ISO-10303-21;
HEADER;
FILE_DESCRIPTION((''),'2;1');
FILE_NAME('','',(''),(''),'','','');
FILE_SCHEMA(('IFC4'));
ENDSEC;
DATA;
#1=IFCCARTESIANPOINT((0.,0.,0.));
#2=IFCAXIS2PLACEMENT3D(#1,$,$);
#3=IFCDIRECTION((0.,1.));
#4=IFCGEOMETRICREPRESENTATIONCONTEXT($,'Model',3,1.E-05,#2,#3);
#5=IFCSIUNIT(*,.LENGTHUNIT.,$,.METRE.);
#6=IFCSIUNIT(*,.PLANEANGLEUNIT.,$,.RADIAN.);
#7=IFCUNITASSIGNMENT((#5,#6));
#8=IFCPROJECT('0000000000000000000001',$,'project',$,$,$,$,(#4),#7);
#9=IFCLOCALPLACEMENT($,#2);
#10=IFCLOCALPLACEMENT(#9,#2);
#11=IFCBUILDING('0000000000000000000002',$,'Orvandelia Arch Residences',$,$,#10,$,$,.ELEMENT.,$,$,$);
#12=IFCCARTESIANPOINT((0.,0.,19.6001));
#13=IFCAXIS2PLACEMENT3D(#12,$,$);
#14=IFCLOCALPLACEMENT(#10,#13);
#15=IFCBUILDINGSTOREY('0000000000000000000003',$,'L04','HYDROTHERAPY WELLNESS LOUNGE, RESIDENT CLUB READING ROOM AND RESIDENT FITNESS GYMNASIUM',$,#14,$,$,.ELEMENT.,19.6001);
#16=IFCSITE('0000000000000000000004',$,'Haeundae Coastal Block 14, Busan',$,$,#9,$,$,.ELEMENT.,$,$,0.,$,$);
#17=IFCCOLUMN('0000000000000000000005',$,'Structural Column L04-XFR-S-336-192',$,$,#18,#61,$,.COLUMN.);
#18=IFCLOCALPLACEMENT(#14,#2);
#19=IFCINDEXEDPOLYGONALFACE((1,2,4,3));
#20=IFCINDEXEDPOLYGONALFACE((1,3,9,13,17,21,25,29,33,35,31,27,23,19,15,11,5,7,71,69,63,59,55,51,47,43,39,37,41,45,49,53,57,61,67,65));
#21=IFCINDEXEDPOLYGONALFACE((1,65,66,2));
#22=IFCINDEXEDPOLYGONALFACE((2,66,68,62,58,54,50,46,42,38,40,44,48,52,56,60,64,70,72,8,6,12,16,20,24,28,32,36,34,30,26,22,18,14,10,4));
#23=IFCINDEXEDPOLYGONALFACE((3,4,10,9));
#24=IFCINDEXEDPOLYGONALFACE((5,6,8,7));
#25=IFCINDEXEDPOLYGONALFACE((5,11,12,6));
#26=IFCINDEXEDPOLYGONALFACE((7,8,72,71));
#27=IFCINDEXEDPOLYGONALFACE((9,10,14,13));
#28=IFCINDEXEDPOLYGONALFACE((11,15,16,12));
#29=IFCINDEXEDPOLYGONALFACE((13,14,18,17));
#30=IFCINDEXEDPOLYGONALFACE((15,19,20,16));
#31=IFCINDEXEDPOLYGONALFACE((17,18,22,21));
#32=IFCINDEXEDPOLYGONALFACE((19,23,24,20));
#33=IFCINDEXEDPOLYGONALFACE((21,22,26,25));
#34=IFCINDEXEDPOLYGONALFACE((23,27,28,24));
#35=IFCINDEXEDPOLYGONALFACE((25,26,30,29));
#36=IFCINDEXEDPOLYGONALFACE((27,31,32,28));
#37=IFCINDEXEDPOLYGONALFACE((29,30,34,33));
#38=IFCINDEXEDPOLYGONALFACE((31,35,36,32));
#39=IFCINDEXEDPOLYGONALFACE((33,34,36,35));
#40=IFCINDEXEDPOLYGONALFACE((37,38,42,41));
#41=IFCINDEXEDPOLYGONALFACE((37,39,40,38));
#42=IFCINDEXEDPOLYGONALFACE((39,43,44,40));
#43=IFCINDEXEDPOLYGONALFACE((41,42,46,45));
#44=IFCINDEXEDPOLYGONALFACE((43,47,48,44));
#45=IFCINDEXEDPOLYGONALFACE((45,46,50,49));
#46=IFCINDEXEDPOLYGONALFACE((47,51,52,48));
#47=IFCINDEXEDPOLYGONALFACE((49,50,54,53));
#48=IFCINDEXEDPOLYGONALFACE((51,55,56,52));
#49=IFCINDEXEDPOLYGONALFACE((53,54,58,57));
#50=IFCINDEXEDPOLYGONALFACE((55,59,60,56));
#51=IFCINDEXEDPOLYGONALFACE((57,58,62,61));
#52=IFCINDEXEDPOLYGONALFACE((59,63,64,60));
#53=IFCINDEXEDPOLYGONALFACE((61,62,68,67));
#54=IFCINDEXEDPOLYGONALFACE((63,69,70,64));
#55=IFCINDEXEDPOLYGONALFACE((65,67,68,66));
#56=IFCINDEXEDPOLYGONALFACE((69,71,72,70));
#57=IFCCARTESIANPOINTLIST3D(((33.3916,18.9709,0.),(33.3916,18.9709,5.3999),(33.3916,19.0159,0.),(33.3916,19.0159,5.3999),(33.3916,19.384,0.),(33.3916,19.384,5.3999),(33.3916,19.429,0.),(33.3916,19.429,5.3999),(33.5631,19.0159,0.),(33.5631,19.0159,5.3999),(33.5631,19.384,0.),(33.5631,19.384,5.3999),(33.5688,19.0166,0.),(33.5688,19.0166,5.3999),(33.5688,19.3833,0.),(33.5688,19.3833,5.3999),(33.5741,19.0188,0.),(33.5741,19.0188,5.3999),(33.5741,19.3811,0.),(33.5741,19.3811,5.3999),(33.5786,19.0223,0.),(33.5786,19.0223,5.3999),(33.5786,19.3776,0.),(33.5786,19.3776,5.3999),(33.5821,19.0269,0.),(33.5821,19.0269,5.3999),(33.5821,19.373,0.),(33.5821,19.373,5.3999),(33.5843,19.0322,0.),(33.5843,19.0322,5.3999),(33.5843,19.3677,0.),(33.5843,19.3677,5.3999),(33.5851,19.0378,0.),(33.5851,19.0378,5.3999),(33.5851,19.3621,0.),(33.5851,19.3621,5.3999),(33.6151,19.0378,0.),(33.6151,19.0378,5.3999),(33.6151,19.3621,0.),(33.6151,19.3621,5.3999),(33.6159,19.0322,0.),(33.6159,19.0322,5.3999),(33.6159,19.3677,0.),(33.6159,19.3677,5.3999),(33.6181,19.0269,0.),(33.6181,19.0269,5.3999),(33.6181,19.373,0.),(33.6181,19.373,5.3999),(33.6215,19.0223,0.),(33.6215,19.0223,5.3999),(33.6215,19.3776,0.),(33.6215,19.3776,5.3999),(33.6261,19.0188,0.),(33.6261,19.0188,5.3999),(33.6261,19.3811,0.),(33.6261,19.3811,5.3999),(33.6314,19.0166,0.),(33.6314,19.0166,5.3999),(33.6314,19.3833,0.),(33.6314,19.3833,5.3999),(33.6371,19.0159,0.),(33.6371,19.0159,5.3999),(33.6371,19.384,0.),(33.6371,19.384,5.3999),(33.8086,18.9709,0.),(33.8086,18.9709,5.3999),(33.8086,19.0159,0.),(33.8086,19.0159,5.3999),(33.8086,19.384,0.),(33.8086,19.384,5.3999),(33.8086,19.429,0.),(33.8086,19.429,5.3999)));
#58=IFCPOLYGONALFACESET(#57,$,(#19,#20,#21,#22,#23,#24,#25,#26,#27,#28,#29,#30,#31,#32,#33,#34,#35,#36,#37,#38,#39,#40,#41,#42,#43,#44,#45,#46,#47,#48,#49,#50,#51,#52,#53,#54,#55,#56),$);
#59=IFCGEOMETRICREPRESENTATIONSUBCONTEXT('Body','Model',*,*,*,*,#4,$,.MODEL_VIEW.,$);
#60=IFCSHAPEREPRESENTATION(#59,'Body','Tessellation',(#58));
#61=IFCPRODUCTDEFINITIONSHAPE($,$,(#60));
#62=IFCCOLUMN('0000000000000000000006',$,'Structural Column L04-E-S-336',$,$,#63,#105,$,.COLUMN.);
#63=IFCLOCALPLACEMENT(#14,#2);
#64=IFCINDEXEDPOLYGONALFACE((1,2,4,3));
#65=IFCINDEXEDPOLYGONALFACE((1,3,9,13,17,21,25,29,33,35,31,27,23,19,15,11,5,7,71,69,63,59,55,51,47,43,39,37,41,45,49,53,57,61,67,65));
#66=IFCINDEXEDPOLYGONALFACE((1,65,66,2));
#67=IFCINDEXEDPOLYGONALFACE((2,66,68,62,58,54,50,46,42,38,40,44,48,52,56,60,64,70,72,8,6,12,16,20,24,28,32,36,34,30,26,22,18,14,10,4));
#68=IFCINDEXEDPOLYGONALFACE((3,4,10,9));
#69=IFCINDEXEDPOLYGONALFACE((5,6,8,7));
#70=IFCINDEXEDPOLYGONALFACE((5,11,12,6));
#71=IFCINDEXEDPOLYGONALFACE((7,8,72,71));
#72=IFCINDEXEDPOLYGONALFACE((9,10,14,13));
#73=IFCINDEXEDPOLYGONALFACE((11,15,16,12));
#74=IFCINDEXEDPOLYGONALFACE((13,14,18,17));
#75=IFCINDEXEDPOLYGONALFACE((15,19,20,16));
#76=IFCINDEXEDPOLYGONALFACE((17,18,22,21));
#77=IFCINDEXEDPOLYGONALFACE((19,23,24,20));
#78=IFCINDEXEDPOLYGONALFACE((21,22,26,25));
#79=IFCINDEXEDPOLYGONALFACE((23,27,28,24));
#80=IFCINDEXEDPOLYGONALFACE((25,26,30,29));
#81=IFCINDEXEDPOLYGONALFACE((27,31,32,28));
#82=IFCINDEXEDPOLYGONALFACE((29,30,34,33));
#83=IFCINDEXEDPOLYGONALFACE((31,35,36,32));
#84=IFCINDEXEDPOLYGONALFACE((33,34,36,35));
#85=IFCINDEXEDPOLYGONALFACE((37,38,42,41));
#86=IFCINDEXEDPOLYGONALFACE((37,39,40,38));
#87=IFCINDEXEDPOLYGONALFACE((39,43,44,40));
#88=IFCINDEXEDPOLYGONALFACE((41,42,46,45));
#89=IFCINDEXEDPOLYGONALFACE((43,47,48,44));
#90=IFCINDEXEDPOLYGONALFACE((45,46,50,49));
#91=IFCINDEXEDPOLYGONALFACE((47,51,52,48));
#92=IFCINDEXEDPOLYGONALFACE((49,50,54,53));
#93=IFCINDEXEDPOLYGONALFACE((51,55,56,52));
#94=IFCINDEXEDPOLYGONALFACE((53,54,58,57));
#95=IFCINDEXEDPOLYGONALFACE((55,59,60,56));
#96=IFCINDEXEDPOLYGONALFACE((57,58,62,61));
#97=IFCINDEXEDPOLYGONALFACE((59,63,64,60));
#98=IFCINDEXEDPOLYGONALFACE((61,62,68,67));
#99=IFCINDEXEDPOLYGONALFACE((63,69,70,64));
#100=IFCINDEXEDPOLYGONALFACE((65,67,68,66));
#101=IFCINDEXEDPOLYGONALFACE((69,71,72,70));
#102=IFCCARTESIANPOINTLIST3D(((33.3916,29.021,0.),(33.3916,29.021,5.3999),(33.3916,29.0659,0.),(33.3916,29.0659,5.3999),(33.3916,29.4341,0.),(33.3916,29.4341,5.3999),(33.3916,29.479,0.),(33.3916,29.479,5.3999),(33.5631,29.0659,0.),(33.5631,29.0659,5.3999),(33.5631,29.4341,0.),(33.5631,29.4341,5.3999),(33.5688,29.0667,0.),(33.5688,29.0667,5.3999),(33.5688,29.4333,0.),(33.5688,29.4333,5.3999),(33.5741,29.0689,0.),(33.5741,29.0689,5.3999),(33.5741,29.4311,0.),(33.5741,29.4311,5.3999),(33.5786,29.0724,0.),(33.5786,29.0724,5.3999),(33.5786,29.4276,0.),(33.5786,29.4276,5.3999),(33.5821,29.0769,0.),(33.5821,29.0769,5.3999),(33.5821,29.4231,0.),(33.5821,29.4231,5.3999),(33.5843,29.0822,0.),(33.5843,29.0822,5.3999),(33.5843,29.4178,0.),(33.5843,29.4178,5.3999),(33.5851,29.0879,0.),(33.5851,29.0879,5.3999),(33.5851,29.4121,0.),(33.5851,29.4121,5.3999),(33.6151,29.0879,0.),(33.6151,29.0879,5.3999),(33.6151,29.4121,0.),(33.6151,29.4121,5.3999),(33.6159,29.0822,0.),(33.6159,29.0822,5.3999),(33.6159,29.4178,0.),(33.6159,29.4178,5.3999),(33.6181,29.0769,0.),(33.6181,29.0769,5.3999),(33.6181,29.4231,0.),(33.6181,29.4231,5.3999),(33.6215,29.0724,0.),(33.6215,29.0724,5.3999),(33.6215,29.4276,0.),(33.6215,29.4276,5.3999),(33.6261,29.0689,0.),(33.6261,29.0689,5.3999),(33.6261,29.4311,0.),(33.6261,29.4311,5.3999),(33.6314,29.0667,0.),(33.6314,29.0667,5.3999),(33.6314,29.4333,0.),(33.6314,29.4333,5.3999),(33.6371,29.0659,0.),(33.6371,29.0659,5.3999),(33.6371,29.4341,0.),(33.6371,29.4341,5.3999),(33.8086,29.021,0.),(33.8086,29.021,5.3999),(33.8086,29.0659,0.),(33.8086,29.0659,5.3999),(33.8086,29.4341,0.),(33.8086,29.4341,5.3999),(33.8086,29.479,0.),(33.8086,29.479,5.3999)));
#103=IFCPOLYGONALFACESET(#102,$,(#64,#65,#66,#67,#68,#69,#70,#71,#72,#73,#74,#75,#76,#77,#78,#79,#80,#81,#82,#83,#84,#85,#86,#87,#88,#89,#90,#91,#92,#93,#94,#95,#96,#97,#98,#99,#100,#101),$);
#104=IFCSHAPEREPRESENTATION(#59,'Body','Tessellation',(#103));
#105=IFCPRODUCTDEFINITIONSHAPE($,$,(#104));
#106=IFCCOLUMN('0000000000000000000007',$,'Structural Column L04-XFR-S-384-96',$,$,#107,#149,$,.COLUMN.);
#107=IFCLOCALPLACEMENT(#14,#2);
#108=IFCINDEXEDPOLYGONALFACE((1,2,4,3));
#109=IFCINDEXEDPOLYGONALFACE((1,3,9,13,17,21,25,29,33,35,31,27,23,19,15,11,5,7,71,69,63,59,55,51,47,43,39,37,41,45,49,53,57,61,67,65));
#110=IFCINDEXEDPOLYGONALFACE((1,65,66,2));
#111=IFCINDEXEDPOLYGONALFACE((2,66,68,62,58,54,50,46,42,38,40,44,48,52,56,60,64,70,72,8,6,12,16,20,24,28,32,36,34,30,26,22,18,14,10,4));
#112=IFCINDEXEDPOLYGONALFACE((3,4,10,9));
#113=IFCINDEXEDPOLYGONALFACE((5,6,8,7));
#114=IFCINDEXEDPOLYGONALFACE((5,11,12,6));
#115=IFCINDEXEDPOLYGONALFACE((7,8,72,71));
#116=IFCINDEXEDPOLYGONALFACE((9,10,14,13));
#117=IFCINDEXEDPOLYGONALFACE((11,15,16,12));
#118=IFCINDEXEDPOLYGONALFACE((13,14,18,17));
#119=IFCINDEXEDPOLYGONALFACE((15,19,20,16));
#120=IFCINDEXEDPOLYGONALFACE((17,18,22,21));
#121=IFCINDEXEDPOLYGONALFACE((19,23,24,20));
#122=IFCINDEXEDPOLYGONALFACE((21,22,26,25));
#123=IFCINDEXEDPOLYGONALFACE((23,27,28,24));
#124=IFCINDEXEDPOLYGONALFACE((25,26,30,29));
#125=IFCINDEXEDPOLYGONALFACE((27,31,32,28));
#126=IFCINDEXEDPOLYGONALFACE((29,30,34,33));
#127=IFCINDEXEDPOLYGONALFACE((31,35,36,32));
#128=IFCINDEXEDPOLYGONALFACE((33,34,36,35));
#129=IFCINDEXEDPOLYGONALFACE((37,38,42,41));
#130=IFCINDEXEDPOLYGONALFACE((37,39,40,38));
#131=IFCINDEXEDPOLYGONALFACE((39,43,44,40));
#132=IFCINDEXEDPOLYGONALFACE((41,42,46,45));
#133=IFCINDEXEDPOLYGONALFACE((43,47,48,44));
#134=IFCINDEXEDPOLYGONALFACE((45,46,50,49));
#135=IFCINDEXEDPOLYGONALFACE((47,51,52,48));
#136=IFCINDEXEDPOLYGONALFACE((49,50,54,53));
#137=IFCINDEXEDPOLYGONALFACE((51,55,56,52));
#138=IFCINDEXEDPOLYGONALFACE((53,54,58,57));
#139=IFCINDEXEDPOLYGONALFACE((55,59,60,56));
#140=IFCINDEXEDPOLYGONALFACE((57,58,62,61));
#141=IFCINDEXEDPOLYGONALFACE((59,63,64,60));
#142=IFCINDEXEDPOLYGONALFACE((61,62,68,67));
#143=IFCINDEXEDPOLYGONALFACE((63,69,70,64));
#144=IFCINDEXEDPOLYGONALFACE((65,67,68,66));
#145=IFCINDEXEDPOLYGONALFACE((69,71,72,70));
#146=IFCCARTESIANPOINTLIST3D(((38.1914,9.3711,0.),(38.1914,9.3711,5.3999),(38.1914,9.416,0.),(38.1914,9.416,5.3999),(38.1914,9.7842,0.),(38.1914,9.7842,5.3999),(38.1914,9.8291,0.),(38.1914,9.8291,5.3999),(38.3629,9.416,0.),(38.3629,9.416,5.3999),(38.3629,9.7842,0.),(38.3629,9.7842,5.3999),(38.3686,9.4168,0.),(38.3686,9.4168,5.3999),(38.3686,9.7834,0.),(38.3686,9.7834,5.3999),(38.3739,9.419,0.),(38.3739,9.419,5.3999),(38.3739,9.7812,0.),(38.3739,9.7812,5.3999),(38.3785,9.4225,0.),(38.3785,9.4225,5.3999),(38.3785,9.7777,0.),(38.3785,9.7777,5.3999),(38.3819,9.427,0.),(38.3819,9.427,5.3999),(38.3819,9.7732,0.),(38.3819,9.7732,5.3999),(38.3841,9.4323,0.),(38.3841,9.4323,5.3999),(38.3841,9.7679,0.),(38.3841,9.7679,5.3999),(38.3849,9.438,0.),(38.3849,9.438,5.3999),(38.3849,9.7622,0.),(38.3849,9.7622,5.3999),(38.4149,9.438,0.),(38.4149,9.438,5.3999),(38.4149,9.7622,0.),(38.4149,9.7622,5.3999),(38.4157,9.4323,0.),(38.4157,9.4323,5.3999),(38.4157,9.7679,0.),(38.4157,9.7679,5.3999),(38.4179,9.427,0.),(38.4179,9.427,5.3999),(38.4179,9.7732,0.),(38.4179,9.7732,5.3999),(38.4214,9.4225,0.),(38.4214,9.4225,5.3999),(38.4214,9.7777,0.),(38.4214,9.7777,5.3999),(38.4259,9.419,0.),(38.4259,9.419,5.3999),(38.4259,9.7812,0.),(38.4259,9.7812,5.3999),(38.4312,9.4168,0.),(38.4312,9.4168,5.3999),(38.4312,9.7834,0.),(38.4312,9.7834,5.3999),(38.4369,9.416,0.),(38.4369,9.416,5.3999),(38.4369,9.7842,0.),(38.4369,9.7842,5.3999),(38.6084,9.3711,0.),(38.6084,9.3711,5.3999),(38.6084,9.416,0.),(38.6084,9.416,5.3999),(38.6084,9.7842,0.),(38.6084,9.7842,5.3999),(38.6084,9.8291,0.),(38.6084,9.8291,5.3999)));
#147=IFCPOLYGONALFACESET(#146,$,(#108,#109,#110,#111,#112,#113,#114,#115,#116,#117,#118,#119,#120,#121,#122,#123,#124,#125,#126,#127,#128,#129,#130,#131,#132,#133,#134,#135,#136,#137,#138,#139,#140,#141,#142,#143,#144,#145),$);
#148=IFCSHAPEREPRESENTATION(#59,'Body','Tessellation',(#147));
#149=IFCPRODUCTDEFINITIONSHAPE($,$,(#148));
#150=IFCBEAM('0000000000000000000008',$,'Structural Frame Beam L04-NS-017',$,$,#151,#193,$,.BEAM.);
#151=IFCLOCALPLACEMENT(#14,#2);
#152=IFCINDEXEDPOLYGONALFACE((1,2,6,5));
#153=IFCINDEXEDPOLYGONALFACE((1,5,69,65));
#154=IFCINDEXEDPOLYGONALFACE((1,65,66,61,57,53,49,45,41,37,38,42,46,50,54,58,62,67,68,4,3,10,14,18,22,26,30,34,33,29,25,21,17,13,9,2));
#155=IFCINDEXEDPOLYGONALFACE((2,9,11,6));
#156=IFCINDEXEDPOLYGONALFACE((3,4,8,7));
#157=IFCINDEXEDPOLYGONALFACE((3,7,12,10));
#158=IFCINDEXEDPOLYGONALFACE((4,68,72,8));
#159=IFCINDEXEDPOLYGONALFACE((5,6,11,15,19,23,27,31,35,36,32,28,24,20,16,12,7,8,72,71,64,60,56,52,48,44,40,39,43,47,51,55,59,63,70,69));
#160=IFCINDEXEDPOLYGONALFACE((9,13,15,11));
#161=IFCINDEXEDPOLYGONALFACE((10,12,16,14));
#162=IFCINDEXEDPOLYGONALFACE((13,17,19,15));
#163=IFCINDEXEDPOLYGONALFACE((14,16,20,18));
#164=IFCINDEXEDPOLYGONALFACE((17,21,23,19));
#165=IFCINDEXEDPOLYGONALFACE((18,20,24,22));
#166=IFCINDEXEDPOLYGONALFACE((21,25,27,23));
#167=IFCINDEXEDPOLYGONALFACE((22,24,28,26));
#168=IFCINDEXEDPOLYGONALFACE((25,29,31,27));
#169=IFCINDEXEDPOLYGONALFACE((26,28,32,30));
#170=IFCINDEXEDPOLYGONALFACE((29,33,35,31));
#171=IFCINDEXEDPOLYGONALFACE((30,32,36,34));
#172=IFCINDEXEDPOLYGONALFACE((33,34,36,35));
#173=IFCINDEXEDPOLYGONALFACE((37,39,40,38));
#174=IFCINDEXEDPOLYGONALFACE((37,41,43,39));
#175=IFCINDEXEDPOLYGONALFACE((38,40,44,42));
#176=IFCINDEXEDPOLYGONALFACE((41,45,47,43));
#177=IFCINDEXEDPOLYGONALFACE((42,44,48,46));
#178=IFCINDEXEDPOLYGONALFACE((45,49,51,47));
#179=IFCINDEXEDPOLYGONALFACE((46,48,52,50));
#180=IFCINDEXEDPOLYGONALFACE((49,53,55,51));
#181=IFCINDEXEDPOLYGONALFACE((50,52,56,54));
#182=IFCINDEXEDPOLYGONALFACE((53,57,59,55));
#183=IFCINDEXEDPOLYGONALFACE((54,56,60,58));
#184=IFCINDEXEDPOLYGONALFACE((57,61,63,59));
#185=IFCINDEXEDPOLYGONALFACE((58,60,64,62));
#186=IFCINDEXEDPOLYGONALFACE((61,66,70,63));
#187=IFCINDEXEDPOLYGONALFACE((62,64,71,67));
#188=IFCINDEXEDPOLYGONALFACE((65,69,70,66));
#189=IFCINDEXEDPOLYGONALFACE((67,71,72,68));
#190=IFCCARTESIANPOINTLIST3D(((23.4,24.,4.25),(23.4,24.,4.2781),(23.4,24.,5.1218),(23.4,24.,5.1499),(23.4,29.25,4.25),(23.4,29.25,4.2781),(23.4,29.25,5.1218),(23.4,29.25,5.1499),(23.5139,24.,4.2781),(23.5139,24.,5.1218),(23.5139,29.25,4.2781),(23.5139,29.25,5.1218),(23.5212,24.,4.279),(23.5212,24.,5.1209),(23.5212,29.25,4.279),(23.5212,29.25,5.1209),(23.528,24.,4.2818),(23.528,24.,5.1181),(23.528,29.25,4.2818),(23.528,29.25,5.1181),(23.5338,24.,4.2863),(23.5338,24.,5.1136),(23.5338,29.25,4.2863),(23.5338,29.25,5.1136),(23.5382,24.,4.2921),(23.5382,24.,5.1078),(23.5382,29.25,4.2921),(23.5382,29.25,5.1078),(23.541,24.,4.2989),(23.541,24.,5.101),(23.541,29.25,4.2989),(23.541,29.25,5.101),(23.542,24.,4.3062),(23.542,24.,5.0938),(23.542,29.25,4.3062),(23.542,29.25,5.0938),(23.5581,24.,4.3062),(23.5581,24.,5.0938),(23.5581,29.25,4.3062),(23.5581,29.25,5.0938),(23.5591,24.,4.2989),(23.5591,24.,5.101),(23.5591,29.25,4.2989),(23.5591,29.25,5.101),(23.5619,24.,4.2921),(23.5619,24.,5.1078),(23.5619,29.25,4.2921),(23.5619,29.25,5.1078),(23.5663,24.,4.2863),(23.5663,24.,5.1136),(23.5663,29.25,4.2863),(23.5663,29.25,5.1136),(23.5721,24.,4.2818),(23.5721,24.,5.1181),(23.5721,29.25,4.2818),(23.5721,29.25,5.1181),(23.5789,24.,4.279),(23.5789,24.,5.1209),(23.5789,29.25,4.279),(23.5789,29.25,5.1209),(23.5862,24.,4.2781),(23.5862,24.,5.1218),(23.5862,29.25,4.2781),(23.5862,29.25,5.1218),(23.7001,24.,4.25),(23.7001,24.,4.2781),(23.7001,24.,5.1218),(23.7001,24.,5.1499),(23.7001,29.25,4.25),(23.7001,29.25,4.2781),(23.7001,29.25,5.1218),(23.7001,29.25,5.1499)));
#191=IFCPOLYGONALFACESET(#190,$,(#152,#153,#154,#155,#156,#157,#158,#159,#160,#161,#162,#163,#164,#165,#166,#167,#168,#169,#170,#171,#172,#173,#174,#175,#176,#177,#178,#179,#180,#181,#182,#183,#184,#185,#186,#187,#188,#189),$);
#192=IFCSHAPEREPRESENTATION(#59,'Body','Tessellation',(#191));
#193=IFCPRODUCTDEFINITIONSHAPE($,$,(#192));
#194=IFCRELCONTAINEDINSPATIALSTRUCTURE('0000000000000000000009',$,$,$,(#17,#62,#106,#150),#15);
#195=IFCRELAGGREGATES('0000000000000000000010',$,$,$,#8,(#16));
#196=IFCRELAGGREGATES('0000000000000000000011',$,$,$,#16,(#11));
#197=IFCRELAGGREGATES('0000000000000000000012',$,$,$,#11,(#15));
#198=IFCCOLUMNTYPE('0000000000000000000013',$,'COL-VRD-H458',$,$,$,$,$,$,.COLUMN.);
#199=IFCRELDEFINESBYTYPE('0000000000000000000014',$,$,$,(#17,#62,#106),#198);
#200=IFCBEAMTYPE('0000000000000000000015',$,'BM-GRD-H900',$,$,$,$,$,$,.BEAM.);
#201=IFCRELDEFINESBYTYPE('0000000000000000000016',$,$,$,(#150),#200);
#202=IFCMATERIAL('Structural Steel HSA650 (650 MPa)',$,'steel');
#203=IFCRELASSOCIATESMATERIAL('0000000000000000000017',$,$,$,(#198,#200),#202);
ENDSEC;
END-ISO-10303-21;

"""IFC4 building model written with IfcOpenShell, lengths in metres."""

from ifc_helpers import new_model, si_unit, direction, frame, origin, origin_2d, place, context, subcontext, project, spatial, i_section, extrude, material, material_profile, profile_set, type_object, element, save


model = new_model("IFC4")

# Units and contexts
model_context = context("Model", 3, precision=1e-05, world=origin(), true_north=direction((0.0, 1.0)))
body_context = subcontext(model_context, "Body", "Model", "MODEL_VIEW")
ifc_project = project(units=[si_unit("LENGTHUNIT", "METRE"), si_unit("PLANEANGLEUNIT", "RADIAN")], contexts=[model_context])

# Site, building, storey
site_placement = place(None, origin())
site = spatial("IfcSite", under=ifc_project, at=site_placement, Name="Haeundae Coastal Block 14, Busan", CompositionType="ELEMENT", RefElevation=0.0)
building_placement = place(site_placement, origin())
building = spatial("IfcBuilding", under=site, at=building_placement, Name="Orvandelia Arch Residences", CompositionType="ELEMENT")
storey_placement = place(building_placement, frame((0.0, 0.0, 19.6001)))
storey = spatial("IfcBuildingStorey", under=building, at=storey_placement, Name="L04", Description="HYDROTHERAPY WELLNESS LOUNGE, RESIDENT CLUB READING ROOM AND RESIDENT FITNESS GYMNASIUM", CompositionType="ELEMENT", Elevation=19.6001)

# Columns
ifc_material_1 = material(Name="Structural Steel HSA650 (650 MPa)", Category="steel")
ifc_material_profile_1 = material_profile(ifc_material_1, i_section(OverallWidth=0.417, OverallDepth=0.458, WebThickness=0.03, FlangeThickness=0.0449, FilletRadius=0.022, at=origin_2d()), Name="Structural Steel HSA650 (650 MPa)", Category="steel")
ifc_profile_set_1 = profile_set([ifc_material_profile_1], Name="Structural Steel HSA650 (650 MPa)")
column_type = type_object("IfcColumnType", Name="COL-VRD-H458", PredefinedType="COLUMN", material=ifc_profile_set_1)
for number, where, z_axis, x_axis, name in (
    (1, (33.6001, 19.2, 0.0), (0.0, 0.0, 1.0), (1.0, 0.0, 0.0), "Structural Column L04-XFR-S-336-192"),
    (2, (33.6001, 29.25, 0.0), (0.0, 0.0, 1.0), (1.0, 0.0, 0.0), "Structural Column L04-E-S-336"),
    (3, (38.3999, 9.6001, 0.0), (0.0, 0.0, 1.0), (1.0, 0.0, 0.0), "Structural Column L04-XFR-S-384-96"),
):
    element("IfcColumn", number, at=place(storey_placement, frame(where, z_axis=z_axis, x_axis=x_axis)), inside=storey, type_object=column_type, Name=name, PredefinedType="COLUMN", context=body_context, shape_type="SweptSolid", body=[
        extrude(i_section(OverallWidth=0.417, OverallDepth=0.458, WebThickness=0.03, FlangeThickness=0.0449, FilletRadius=0.022, at=origin_2d()), origin(), (0.0, 0.0, 1.0), 5.3999),
    ])

# Beam
ifc_material_profile_2 = material_profile(ifc_material_1, i_section(OverallWidth=0.3, OverallDepth=0.8999, WebThickness=0.0161, FlangeThickness=0.0281, FilletRadius=0.0281, at=origin_2d()), Name="Structural Steel HSA650 (650 MPa)", Category="steel")
ifc_profile_set_2 = profile_set([ifc_material_profile_2], Name="Structural Steel HSA650 (650 MPa)")
beam_type = type_object("IfcBeamType", Name="BM-GRD-H900", PredefinedType="BEAM", material=ifc_profile_set_2)
beam_1_placement = place(storey_placement, frame((23.55, 24.0, 4.7), z_axis=(0.0, 1.0, 0.0), x_axis=(-1.0, 0.0, 0.0)))
element("IfcBeam", 4, at=beam_1_placement, inside=storey, type_object=beam_type, Name="Structural Frame Beam L04-NS-017", PredefinedType="BEAM", context=body_context, shape_type="SweptSolid", body=[
    extrude(i_section(OverallWidth=0.3, OverallDepth=0.8999, WebThickness=0.0161, FlangeThickness=0.0281, FilletRadius=0.0281, at=origin_2d()), origin(), (0.0, 0.0, 1.0), 5.25),
])

save(model, "model.ifc")
